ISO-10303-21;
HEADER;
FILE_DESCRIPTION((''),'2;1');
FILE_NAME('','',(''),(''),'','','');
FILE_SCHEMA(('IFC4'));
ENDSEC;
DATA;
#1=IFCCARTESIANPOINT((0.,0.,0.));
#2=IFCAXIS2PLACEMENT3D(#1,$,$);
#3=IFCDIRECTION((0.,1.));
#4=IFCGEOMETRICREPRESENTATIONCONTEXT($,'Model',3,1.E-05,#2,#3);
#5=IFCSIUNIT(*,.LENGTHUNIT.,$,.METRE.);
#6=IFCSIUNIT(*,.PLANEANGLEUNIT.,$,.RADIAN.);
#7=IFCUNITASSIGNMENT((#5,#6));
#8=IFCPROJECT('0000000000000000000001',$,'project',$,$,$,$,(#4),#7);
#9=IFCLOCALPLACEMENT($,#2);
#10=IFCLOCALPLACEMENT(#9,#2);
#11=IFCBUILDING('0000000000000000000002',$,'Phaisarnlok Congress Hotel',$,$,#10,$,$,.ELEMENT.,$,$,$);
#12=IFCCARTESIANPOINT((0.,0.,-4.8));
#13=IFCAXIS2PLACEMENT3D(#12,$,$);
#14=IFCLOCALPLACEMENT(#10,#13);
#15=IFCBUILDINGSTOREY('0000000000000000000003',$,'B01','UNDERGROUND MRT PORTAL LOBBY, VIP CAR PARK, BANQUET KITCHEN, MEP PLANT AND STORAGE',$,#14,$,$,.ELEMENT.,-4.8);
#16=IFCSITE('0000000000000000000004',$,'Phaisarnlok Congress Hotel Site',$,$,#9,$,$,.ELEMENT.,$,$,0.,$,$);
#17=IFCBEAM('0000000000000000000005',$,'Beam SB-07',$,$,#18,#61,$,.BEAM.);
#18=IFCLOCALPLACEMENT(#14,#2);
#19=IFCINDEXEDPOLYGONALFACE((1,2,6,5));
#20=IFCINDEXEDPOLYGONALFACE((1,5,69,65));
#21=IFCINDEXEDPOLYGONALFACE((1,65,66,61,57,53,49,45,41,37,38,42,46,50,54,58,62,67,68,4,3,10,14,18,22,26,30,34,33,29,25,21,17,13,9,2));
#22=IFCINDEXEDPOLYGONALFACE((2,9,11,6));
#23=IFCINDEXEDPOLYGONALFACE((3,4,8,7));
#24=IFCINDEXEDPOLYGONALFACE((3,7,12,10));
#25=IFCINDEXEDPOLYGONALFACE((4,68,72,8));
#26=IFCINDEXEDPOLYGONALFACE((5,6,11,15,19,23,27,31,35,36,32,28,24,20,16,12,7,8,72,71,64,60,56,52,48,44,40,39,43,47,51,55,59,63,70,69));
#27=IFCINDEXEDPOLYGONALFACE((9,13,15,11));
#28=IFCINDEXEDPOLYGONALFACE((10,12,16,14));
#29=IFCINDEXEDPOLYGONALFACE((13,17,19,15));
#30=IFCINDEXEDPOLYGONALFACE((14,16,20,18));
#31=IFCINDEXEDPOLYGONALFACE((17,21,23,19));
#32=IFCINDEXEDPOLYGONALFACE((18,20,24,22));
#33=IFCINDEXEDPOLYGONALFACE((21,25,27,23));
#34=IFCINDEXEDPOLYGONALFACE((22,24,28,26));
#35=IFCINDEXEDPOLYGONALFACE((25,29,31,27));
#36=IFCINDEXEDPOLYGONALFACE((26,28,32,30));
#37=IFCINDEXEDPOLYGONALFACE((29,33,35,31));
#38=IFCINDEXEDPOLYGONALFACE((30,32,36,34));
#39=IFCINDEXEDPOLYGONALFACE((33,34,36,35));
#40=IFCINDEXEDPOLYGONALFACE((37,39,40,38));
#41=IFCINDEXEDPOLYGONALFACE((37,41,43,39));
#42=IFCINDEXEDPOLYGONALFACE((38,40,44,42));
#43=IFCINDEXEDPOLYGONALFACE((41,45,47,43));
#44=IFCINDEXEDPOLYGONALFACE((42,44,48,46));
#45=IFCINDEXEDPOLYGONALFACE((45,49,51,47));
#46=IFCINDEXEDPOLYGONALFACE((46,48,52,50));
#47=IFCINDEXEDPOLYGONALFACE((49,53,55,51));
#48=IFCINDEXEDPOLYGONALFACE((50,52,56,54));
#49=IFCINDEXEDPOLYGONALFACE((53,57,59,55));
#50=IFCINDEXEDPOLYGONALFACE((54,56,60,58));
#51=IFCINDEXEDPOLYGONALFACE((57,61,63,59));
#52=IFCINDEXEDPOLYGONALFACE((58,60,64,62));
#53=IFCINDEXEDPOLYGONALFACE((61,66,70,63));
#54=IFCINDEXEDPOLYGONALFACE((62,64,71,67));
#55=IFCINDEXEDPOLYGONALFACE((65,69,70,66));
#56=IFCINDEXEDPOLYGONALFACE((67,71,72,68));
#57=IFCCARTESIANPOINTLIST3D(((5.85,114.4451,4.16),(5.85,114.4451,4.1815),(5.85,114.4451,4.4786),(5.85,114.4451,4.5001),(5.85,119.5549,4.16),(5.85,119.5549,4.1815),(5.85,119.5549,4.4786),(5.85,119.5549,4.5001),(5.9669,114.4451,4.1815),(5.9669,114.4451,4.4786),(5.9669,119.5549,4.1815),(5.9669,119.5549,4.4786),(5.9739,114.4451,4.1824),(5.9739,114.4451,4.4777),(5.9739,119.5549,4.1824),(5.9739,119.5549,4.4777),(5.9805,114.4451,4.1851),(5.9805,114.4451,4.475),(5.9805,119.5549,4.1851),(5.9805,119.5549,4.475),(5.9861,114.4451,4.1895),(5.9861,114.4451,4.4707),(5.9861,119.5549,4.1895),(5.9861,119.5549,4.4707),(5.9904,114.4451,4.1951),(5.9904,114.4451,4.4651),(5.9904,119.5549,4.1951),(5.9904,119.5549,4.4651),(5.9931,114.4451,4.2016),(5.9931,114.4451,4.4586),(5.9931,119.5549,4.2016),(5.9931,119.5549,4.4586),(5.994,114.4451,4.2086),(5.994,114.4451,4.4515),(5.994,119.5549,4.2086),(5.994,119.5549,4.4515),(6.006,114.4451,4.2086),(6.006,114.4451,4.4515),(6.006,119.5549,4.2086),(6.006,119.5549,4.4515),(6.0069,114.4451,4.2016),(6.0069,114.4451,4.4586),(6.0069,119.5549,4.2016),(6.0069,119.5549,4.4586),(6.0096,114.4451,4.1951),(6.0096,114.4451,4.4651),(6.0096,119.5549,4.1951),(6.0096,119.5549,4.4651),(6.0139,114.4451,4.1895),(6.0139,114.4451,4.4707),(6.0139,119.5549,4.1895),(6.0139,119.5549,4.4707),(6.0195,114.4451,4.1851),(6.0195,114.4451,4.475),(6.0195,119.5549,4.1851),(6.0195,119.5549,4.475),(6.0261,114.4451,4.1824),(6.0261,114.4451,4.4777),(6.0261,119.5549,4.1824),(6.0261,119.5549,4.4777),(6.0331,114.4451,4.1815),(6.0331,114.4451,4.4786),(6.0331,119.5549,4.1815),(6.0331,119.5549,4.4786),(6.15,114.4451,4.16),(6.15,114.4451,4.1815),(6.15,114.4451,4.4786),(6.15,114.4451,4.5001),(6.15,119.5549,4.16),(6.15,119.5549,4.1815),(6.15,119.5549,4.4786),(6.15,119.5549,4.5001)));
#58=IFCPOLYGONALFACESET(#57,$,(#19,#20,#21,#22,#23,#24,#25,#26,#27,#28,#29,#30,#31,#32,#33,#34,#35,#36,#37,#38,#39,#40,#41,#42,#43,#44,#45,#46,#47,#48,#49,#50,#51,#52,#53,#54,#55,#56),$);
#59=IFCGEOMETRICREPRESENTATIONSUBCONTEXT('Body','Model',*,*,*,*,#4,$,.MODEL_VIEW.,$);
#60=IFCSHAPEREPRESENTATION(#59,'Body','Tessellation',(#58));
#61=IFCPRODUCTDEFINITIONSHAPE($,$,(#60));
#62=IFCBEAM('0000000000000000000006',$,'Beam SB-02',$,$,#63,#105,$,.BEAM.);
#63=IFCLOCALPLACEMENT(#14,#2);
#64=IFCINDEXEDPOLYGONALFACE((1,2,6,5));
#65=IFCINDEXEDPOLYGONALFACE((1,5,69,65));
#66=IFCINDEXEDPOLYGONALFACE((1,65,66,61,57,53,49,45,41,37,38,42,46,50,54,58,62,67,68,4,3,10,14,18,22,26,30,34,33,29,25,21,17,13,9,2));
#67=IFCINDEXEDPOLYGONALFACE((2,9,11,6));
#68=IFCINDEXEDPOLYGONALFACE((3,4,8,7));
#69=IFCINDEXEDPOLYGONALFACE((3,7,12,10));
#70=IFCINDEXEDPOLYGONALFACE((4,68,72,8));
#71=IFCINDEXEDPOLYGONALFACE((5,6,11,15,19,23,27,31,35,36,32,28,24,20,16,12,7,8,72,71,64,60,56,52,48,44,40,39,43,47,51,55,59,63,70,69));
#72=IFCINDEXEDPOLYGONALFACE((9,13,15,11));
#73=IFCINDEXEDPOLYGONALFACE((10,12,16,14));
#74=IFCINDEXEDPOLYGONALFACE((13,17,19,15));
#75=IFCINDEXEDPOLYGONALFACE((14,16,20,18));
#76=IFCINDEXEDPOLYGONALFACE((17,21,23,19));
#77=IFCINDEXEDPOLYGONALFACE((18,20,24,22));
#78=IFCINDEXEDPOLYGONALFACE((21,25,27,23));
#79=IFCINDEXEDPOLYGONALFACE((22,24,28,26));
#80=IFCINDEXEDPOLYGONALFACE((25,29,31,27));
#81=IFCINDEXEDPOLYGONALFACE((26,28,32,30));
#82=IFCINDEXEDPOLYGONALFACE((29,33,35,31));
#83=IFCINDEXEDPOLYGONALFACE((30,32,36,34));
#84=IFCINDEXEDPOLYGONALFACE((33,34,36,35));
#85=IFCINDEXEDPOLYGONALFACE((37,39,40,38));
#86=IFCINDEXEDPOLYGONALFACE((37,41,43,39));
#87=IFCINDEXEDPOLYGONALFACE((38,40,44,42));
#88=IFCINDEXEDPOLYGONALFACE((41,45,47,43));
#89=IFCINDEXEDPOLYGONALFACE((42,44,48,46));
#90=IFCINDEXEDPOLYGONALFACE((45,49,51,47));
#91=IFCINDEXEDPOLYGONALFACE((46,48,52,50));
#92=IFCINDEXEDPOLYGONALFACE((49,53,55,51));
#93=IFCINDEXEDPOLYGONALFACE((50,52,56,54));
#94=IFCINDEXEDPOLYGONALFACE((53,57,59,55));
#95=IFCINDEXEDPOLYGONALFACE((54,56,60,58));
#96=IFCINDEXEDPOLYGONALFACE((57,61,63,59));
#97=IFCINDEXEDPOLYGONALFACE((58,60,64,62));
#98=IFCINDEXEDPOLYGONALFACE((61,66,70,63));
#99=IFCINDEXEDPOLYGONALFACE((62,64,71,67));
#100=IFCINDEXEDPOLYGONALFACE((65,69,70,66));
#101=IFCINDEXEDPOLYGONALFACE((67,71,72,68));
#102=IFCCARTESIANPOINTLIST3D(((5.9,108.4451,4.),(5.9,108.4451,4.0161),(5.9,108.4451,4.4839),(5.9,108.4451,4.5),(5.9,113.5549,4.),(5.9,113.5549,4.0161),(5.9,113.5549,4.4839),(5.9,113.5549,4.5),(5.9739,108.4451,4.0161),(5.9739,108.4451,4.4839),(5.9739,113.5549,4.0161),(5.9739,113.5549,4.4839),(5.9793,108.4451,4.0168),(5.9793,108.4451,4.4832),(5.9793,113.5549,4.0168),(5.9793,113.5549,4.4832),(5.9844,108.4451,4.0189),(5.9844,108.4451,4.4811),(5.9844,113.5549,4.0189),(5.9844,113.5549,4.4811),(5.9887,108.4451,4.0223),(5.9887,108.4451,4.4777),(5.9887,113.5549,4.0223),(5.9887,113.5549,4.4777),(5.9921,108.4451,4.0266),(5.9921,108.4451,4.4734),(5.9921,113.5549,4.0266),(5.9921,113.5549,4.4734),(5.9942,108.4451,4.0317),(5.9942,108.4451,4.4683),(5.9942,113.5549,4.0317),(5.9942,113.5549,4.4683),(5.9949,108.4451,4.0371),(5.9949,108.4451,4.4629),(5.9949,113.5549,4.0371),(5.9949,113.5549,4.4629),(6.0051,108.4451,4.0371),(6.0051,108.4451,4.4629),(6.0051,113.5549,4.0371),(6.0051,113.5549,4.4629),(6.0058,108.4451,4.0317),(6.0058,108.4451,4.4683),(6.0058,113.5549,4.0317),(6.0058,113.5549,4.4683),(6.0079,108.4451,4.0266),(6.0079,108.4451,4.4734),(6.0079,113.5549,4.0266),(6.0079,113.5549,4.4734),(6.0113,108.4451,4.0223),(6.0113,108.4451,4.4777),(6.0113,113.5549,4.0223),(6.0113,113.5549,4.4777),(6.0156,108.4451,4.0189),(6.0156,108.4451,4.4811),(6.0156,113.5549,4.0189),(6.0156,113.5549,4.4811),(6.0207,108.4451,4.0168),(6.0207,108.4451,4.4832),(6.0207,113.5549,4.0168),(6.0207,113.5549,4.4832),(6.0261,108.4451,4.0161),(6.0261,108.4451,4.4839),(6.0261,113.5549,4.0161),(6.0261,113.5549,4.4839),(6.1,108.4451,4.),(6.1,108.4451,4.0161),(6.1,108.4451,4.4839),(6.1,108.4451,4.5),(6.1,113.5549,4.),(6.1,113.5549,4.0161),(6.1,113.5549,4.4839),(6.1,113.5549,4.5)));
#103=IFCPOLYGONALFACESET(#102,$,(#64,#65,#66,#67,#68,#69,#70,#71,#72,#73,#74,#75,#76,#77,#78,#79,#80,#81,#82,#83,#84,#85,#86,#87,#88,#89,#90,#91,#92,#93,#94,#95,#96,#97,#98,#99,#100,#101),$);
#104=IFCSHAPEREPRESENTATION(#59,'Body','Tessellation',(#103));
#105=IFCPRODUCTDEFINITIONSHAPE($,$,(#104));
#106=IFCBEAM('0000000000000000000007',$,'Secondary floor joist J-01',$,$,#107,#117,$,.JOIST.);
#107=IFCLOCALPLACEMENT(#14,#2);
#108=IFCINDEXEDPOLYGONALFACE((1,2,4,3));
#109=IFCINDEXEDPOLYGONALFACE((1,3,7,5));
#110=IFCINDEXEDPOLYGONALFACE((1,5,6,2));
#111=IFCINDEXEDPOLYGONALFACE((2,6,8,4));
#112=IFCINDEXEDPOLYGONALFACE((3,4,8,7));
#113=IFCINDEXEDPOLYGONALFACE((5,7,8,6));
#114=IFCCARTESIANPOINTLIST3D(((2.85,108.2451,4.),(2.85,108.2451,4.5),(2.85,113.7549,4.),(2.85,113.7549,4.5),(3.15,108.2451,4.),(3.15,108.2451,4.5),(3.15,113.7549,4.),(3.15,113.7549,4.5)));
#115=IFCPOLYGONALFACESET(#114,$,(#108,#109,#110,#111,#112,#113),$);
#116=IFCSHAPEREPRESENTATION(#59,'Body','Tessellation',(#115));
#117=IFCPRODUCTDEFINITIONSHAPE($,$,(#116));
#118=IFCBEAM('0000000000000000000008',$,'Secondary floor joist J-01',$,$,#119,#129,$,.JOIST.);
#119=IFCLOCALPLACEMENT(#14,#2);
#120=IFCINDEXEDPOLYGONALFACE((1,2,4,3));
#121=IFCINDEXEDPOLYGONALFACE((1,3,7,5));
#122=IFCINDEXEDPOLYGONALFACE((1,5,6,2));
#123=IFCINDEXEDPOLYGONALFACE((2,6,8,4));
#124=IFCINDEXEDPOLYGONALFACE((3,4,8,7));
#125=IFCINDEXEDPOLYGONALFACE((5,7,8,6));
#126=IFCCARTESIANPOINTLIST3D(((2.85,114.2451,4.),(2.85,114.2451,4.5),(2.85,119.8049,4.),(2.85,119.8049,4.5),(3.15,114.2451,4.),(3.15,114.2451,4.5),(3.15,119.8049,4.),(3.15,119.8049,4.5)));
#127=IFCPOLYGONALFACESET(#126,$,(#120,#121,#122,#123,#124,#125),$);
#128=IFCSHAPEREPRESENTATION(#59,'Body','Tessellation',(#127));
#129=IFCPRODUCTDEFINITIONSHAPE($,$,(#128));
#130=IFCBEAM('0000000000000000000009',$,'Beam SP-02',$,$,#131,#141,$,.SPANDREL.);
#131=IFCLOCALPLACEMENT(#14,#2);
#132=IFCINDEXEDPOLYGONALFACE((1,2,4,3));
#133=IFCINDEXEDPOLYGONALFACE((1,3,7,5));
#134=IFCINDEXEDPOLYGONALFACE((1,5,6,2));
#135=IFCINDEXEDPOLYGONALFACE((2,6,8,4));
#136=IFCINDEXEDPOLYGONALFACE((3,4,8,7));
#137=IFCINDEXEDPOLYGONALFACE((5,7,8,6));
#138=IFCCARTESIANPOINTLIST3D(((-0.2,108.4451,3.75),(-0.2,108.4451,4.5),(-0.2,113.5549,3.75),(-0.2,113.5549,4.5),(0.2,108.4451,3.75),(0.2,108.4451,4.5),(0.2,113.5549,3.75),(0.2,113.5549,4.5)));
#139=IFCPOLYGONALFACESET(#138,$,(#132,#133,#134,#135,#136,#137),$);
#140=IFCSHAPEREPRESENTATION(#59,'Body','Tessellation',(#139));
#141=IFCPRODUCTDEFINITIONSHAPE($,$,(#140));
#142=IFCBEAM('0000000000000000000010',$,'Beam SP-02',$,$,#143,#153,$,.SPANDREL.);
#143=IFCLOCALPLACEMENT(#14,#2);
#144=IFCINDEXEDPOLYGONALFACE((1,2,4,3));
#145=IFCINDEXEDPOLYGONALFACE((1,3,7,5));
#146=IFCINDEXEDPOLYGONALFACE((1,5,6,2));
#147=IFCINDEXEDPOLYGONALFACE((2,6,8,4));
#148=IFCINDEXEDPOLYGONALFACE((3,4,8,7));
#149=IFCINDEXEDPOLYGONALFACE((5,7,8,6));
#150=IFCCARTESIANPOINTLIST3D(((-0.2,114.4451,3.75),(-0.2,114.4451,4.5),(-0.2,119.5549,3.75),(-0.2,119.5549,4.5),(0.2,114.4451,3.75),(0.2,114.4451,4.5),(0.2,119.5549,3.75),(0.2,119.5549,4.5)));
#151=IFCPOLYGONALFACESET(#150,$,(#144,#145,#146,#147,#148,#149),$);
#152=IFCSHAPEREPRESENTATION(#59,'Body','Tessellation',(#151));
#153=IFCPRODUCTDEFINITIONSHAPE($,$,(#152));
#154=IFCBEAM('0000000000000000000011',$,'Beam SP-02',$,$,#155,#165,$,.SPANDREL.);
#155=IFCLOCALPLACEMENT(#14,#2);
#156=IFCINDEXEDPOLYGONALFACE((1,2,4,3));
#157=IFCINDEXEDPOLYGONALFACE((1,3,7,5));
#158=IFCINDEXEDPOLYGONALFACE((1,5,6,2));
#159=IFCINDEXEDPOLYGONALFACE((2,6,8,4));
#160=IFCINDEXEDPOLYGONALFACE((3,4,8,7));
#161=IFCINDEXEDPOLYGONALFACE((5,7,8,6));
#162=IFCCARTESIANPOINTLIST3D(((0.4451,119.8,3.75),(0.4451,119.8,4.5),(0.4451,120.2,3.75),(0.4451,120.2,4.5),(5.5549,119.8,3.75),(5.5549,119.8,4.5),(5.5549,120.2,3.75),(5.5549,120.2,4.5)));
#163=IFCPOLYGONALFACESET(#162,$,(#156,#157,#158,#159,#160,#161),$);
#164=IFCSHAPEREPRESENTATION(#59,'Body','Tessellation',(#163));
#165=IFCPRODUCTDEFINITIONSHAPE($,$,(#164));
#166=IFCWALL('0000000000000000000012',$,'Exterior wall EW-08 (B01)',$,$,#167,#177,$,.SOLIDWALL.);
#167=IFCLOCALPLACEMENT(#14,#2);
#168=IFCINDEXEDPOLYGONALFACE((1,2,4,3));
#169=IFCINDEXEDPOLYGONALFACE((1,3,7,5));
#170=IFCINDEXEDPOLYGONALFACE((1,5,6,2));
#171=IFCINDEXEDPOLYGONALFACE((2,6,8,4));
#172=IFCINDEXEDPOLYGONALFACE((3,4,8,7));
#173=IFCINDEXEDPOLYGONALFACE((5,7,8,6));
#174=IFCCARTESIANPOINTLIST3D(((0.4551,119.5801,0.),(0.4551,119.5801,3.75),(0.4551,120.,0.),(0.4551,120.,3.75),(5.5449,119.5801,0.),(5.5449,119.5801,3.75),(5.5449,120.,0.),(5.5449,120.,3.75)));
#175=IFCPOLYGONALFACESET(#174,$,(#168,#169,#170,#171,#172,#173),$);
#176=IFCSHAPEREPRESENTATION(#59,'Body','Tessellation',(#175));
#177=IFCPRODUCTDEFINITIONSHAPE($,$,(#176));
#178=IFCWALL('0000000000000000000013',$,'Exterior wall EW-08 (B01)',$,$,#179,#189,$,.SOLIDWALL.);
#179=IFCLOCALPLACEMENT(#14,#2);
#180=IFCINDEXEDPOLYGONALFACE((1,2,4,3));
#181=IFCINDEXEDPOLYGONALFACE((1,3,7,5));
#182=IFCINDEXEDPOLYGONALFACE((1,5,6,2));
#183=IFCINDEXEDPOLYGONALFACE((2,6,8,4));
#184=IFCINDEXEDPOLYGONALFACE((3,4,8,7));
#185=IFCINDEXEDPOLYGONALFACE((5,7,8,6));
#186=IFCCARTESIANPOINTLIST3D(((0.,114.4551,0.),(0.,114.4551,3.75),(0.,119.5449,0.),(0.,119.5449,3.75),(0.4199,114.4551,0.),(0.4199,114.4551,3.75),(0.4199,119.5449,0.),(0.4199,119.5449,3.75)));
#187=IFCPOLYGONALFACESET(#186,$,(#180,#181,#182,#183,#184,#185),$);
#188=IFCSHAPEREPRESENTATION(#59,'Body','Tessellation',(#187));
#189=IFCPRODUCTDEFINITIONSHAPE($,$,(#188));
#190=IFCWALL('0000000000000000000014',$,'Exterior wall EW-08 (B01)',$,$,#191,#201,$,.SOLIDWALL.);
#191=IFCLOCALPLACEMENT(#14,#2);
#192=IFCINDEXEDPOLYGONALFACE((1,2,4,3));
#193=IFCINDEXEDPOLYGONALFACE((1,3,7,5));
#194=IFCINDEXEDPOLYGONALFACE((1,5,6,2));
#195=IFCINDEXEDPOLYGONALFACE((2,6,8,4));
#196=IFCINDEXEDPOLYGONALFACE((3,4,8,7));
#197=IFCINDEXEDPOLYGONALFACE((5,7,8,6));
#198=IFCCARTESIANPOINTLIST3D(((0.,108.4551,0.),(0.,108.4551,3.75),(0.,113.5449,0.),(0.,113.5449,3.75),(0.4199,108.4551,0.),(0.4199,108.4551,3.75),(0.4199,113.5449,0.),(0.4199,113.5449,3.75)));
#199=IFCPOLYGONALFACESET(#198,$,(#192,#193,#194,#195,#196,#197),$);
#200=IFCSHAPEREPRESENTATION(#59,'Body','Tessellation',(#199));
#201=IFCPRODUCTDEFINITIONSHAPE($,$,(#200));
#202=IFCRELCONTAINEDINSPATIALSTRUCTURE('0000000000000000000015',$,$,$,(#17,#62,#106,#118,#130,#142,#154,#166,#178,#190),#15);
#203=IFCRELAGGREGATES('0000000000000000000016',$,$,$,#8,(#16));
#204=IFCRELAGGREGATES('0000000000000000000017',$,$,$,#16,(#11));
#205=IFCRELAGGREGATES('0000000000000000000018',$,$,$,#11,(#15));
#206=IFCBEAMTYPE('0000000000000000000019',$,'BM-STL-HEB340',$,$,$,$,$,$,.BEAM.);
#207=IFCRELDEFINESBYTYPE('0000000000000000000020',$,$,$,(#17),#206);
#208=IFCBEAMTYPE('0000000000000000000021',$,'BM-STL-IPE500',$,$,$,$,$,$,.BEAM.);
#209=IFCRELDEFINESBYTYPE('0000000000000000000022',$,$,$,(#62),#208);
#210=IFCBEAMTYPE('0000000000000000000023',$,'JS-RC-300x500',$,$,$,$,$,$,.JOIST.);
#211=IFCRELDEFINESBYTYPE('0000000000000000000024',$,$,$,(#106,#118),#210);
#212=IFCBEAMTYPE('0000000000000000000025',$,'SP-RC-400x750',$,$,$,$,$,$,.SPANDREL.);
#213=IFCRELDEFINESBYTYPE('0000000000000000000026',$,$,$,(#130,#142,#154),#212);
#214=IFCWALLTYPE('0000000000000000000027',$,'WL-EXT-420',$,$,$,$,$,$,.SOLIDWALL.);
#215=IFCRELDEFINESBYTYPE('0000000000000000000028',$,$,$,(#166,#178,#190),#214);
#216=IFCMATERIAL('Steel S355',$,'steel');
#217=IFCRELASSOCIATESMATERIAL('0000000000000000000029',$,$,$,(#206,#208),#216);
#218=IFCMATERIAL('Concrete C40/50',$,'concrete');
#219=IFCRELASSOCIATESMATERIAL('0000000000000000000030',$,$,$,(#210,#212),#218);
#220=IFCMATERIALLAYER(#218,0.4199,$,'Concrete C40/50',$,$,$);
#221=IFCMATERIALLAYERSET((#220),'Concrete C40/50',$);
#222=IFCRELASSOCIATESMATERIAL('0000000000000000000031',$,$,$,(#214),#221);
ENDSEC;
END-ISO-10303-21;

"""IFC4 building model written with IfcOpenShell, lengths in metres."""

from ifc_helpers import new_model, si_unit, direction, frame, frame_2d, origin, origin_2d, place, context, subcontext, project, spatial, rectangle, i_section, extrude, material, layer, layer_set, material_profile, profile_set, type_object, element, save


model = new_model("IFC4")

# Units and contexts
model_context = context("Model", 3, precision=1e-05, world=origin(), true_north=direction((0.0, 1.0)))
body_context = subcontext(model_context, "Body", "Model", "MODEL_VIEW")
ifc_project = project(units=[si_unit("LENGTHUNIT", "METRE"), si_unit("PLANEANGLEUNIT", "RADIAN")], contexts=[model_context])

# Site, building, storey
site_placement = place(None, origin())
site = spatial("IfcSite", under=ifc_project, at=site_placement, Name="Phaisarnlok Congress Hotel Site", CompositionType="ELEMENT", RefElevation=0.0)
building_placement = place(site_placement, origin())
building = spatial("IfcBuilding", under=site, at=building_placement, Name="Phaisarnlok Congress Hotel", CompositionType="ELEMENT")
storey_placement = place(building_placement, frame((0.0, 0.0, -4.8)))
storey = spatial("IfcBuildingStorey", under=building, at=storey_placement, Name="B01", Description="UNDERGROUND MRT PORTAL LOBBY, VIP CAR PARK, BANQUET KITCHEN, MEP PLANT AND STORAGE", CompositionType="ELEMENT", Elevation=-4.8)

# Shared definitions
ifc_material_1 = material(Name="Concrete C40/50", Category="concrete")

# Beams
ifc_material_2 = material(Name="Steel S355", Category="steel")
ifc_material_profile_1 = material_profile(ifc_material_2, i_section(OverallWidth=0.3, OverallDepth=0.3401, WebThickness=0.012, FlangeThickness=0.0215, FilletRadius=0.0271, at=origin_2d()), Name="HEB 340")
ifc_profile_set_1 = profile_set([ifc_material_profile_1], Name="Steel S355")
beam_type_1 = type_object("IfcBeamType", Name="BM-STL-HEB340", PredefinedType="BEAM", material=ifc_profile_set_1)
beam_1_placement = place(storey_placement, frame((6.0, 114.4451, 4.3301), z_axis=(0.0, 1.0, 0.0), x_axis=(-1.0, 0.0, 0.0)))
element("IfcBeam", 1, at=beam_1_placement, inside=storey, type_object=beam_type_1, Name="Beam SB-07", PredefinedType="BEAM", context=body_context, shape_type="SweptSolid", body=[
    extrude(i_section(OverallWidth=0.3, OverallDepth=0.3401, WebThickness=0.012, FlangeThickness=0.0215, FilletRadius=0.0271, at=origin_2d()), origin(), (0.0, 0.0, 1.0), 5.1099),
])
ifc_material_profile_2 = material_profile(ifc_material_2, i_section(OverallWidth=0.2, OverallDepth=0.5, WebThickness=0.0103, FlangeThickness=0.0161, FilletRadius=0.021, at=origin_2d()), Name="IPE 500")
ifc_profile_set_2 = profile_set([ifc_material_profile_2], Name="Steel S355")
beam_type_2 = type_object("IfcBeamType", Name="BM-STL-IPE500", PredefinedType="BEAM", material=ifc_profile_set_2)
beam_2_placement = place(storey_placement, frame((6.0, 108.4451, 4.25), z_axis=(0.0, 1.0, 0.0), x_axis=(-1.0, 0.0, 0.0)))
element("IfcBeam", 2, at=beam_2_placement, inside=storey, type_object=beam_type_2, Name="Beam SB-02", PredefinedType="BEAM", context=body_context, shape_type="SweptSolid", body=[
    extrude(i_section(OverallWidth=0.2, OverallDepth=0.5, WebThickness=0.0103, FlangeThickness=0.0161, FilletRadius=0.021, at=origin_2d()), origin(), (0.0, 0.0, 1.0), 5.1099),
])
ifc_material_profile_3 = material_profile(ifc_material_1, rectangle(XDim=0.3, YDim=0.5, at=origin_2d()), Name="RC 300x500")
ifc_profile_set_3 = profile_set([ifc_material_profile_3], Name="Concrete C40/50")
beam_type_3 = type_object("IfcBeamType", Name="JS-RC-300x500", PredefinedType="JOIST", material=ifc_profile_set_3)
beam_3_placement = place(storey_placement, frame((3.0, 108.2451, 4.25), z_axis=(0.0, 1.0, 0.0), x_axis=(-1.0, 0.0, 0.0)))
element("IfcBeam", 3, at=beam_3_placement, inside=storey, type_object=beam_type_3, Name="Secondary floor joist J-01", PredefinedType="JOIST", context=body_context, shape_type="SweptSolid", body=[
    extrude(rectangle(XDim=0.3, YDim=0.5, at=origin_2d()), origin(), (0.0, 0.0, 1.0), 5.5098),
])
beam_4_placement = place(storey_placement, frame((3.0, 114.2451, 4.25), z_axis=(0.0, 1.0, 0.0), x_axis=(-1.0, 0.0, 0.0)))
element("IfcBeam", 4, at=beam_4_placement, inside=storey, type_object=beam_type_3, Name="Secondary floor joist J-01", PredefinedType="JOIST", context=body_context, shape_type="SweptSolid", body=[
    extrude(rectangle(XDim=0.3, YDim=0.5, at=origin_2d()), origin(), (0.0, 0.0, 1.0), 5.5598),
])
ifc_material_profile_4 = material_profile(ifc_material_1, rectangle(XDim=0.3999, YDim=0.75, at=origin_2d()), Name="RC 400x750")
ifc_profile_set_4 = profile_set([ifc_material_profile_4], Name="Concrete C40/50")
beam_type_4 = type_object("IfcBeamType", Name="SP-RC-400x750", PredefinedType="SPANDREL", material=ifc_profile_set_4)
for number, where, z_axis, x_axis, name in (
    (5, (0.0, 108.4451, 4.125), (0.0, 1.0, 0.0), (-1.0, 0.0, 0.0), "Beam SP-02"),
    (6, (0.0, 114.4451, 4.125), (0.0, 1.0, 0.0), (-1.0, 0.0, 0.0), "Beam SP-02"),
    (7, (0.4451, 120.0, 4.125), (1.0, 0.0, 0.0), (0.0, 1.0, 0.0), "Beam SP-02"),
):
    element("IfcBeam", number, at=place(storey_placement, frame(where, z_axis=z_axis, x_axis=x_axis)), inside=storey, type_object=beam_type_4, Name=name, PredefinedType="SPANDREL", context=body_context, shape_type="SweptSolid", body=[
        extrude(rectangle(XDim=0.3999, YDim=0.75, at=origin_2d()), origin(), (0.0, 0.0, 1.0), 5.1099),
    ])

# Walls
ifc_layer = layer(ifc_material_1, 0.4199, Name="Concrete C40/50")
ifc_layer_set = layer_set([ifc_layer], Name="Concrete C40/50")
wall_type = type_object("IfcWallType", Name="WL-EXT-420", PredefinedType="SOLIDWALL", material=ifc_layer_set)
for number, where, z_axis, x_axis, name in (
    (8, (5.5449, 119.79, 0.0), (0.0, 0.0, 1.0), (-1.0, 0.0, 0.0), "Exterior wall EW-08 (B01)"),
    (9, (0.21, 119.5449, 0.0), (0.0, 0.0, 1.0), (0.0, -1.0, 0.0), "Exterior wall EW-08 (B01)"),
    (10, (0.21, 113.5449, 0.0), (0.0, 0.0, 1.0), (0.0, -1.0, 0.0), "Exterior wall EW-08 (B01)"),
):
    element("IfcWall", number, at=place(storey_placement, frame(where, z_axis=z_axis, x_axis=x_axis)), inside=storey, type_object=wall_type, Name=name, PredefinedType="SOLIDWALL", context=body_context, shape_type="SweptSolid", body=[
        extrude(rectangle(XDim=5.0898, YDim=0.4199, at=frame_2d((2.5449, 0.0))), origin(), (0.0, 0.0, 1.0), 3.75),
    ])

save(model, "model.ifc")
